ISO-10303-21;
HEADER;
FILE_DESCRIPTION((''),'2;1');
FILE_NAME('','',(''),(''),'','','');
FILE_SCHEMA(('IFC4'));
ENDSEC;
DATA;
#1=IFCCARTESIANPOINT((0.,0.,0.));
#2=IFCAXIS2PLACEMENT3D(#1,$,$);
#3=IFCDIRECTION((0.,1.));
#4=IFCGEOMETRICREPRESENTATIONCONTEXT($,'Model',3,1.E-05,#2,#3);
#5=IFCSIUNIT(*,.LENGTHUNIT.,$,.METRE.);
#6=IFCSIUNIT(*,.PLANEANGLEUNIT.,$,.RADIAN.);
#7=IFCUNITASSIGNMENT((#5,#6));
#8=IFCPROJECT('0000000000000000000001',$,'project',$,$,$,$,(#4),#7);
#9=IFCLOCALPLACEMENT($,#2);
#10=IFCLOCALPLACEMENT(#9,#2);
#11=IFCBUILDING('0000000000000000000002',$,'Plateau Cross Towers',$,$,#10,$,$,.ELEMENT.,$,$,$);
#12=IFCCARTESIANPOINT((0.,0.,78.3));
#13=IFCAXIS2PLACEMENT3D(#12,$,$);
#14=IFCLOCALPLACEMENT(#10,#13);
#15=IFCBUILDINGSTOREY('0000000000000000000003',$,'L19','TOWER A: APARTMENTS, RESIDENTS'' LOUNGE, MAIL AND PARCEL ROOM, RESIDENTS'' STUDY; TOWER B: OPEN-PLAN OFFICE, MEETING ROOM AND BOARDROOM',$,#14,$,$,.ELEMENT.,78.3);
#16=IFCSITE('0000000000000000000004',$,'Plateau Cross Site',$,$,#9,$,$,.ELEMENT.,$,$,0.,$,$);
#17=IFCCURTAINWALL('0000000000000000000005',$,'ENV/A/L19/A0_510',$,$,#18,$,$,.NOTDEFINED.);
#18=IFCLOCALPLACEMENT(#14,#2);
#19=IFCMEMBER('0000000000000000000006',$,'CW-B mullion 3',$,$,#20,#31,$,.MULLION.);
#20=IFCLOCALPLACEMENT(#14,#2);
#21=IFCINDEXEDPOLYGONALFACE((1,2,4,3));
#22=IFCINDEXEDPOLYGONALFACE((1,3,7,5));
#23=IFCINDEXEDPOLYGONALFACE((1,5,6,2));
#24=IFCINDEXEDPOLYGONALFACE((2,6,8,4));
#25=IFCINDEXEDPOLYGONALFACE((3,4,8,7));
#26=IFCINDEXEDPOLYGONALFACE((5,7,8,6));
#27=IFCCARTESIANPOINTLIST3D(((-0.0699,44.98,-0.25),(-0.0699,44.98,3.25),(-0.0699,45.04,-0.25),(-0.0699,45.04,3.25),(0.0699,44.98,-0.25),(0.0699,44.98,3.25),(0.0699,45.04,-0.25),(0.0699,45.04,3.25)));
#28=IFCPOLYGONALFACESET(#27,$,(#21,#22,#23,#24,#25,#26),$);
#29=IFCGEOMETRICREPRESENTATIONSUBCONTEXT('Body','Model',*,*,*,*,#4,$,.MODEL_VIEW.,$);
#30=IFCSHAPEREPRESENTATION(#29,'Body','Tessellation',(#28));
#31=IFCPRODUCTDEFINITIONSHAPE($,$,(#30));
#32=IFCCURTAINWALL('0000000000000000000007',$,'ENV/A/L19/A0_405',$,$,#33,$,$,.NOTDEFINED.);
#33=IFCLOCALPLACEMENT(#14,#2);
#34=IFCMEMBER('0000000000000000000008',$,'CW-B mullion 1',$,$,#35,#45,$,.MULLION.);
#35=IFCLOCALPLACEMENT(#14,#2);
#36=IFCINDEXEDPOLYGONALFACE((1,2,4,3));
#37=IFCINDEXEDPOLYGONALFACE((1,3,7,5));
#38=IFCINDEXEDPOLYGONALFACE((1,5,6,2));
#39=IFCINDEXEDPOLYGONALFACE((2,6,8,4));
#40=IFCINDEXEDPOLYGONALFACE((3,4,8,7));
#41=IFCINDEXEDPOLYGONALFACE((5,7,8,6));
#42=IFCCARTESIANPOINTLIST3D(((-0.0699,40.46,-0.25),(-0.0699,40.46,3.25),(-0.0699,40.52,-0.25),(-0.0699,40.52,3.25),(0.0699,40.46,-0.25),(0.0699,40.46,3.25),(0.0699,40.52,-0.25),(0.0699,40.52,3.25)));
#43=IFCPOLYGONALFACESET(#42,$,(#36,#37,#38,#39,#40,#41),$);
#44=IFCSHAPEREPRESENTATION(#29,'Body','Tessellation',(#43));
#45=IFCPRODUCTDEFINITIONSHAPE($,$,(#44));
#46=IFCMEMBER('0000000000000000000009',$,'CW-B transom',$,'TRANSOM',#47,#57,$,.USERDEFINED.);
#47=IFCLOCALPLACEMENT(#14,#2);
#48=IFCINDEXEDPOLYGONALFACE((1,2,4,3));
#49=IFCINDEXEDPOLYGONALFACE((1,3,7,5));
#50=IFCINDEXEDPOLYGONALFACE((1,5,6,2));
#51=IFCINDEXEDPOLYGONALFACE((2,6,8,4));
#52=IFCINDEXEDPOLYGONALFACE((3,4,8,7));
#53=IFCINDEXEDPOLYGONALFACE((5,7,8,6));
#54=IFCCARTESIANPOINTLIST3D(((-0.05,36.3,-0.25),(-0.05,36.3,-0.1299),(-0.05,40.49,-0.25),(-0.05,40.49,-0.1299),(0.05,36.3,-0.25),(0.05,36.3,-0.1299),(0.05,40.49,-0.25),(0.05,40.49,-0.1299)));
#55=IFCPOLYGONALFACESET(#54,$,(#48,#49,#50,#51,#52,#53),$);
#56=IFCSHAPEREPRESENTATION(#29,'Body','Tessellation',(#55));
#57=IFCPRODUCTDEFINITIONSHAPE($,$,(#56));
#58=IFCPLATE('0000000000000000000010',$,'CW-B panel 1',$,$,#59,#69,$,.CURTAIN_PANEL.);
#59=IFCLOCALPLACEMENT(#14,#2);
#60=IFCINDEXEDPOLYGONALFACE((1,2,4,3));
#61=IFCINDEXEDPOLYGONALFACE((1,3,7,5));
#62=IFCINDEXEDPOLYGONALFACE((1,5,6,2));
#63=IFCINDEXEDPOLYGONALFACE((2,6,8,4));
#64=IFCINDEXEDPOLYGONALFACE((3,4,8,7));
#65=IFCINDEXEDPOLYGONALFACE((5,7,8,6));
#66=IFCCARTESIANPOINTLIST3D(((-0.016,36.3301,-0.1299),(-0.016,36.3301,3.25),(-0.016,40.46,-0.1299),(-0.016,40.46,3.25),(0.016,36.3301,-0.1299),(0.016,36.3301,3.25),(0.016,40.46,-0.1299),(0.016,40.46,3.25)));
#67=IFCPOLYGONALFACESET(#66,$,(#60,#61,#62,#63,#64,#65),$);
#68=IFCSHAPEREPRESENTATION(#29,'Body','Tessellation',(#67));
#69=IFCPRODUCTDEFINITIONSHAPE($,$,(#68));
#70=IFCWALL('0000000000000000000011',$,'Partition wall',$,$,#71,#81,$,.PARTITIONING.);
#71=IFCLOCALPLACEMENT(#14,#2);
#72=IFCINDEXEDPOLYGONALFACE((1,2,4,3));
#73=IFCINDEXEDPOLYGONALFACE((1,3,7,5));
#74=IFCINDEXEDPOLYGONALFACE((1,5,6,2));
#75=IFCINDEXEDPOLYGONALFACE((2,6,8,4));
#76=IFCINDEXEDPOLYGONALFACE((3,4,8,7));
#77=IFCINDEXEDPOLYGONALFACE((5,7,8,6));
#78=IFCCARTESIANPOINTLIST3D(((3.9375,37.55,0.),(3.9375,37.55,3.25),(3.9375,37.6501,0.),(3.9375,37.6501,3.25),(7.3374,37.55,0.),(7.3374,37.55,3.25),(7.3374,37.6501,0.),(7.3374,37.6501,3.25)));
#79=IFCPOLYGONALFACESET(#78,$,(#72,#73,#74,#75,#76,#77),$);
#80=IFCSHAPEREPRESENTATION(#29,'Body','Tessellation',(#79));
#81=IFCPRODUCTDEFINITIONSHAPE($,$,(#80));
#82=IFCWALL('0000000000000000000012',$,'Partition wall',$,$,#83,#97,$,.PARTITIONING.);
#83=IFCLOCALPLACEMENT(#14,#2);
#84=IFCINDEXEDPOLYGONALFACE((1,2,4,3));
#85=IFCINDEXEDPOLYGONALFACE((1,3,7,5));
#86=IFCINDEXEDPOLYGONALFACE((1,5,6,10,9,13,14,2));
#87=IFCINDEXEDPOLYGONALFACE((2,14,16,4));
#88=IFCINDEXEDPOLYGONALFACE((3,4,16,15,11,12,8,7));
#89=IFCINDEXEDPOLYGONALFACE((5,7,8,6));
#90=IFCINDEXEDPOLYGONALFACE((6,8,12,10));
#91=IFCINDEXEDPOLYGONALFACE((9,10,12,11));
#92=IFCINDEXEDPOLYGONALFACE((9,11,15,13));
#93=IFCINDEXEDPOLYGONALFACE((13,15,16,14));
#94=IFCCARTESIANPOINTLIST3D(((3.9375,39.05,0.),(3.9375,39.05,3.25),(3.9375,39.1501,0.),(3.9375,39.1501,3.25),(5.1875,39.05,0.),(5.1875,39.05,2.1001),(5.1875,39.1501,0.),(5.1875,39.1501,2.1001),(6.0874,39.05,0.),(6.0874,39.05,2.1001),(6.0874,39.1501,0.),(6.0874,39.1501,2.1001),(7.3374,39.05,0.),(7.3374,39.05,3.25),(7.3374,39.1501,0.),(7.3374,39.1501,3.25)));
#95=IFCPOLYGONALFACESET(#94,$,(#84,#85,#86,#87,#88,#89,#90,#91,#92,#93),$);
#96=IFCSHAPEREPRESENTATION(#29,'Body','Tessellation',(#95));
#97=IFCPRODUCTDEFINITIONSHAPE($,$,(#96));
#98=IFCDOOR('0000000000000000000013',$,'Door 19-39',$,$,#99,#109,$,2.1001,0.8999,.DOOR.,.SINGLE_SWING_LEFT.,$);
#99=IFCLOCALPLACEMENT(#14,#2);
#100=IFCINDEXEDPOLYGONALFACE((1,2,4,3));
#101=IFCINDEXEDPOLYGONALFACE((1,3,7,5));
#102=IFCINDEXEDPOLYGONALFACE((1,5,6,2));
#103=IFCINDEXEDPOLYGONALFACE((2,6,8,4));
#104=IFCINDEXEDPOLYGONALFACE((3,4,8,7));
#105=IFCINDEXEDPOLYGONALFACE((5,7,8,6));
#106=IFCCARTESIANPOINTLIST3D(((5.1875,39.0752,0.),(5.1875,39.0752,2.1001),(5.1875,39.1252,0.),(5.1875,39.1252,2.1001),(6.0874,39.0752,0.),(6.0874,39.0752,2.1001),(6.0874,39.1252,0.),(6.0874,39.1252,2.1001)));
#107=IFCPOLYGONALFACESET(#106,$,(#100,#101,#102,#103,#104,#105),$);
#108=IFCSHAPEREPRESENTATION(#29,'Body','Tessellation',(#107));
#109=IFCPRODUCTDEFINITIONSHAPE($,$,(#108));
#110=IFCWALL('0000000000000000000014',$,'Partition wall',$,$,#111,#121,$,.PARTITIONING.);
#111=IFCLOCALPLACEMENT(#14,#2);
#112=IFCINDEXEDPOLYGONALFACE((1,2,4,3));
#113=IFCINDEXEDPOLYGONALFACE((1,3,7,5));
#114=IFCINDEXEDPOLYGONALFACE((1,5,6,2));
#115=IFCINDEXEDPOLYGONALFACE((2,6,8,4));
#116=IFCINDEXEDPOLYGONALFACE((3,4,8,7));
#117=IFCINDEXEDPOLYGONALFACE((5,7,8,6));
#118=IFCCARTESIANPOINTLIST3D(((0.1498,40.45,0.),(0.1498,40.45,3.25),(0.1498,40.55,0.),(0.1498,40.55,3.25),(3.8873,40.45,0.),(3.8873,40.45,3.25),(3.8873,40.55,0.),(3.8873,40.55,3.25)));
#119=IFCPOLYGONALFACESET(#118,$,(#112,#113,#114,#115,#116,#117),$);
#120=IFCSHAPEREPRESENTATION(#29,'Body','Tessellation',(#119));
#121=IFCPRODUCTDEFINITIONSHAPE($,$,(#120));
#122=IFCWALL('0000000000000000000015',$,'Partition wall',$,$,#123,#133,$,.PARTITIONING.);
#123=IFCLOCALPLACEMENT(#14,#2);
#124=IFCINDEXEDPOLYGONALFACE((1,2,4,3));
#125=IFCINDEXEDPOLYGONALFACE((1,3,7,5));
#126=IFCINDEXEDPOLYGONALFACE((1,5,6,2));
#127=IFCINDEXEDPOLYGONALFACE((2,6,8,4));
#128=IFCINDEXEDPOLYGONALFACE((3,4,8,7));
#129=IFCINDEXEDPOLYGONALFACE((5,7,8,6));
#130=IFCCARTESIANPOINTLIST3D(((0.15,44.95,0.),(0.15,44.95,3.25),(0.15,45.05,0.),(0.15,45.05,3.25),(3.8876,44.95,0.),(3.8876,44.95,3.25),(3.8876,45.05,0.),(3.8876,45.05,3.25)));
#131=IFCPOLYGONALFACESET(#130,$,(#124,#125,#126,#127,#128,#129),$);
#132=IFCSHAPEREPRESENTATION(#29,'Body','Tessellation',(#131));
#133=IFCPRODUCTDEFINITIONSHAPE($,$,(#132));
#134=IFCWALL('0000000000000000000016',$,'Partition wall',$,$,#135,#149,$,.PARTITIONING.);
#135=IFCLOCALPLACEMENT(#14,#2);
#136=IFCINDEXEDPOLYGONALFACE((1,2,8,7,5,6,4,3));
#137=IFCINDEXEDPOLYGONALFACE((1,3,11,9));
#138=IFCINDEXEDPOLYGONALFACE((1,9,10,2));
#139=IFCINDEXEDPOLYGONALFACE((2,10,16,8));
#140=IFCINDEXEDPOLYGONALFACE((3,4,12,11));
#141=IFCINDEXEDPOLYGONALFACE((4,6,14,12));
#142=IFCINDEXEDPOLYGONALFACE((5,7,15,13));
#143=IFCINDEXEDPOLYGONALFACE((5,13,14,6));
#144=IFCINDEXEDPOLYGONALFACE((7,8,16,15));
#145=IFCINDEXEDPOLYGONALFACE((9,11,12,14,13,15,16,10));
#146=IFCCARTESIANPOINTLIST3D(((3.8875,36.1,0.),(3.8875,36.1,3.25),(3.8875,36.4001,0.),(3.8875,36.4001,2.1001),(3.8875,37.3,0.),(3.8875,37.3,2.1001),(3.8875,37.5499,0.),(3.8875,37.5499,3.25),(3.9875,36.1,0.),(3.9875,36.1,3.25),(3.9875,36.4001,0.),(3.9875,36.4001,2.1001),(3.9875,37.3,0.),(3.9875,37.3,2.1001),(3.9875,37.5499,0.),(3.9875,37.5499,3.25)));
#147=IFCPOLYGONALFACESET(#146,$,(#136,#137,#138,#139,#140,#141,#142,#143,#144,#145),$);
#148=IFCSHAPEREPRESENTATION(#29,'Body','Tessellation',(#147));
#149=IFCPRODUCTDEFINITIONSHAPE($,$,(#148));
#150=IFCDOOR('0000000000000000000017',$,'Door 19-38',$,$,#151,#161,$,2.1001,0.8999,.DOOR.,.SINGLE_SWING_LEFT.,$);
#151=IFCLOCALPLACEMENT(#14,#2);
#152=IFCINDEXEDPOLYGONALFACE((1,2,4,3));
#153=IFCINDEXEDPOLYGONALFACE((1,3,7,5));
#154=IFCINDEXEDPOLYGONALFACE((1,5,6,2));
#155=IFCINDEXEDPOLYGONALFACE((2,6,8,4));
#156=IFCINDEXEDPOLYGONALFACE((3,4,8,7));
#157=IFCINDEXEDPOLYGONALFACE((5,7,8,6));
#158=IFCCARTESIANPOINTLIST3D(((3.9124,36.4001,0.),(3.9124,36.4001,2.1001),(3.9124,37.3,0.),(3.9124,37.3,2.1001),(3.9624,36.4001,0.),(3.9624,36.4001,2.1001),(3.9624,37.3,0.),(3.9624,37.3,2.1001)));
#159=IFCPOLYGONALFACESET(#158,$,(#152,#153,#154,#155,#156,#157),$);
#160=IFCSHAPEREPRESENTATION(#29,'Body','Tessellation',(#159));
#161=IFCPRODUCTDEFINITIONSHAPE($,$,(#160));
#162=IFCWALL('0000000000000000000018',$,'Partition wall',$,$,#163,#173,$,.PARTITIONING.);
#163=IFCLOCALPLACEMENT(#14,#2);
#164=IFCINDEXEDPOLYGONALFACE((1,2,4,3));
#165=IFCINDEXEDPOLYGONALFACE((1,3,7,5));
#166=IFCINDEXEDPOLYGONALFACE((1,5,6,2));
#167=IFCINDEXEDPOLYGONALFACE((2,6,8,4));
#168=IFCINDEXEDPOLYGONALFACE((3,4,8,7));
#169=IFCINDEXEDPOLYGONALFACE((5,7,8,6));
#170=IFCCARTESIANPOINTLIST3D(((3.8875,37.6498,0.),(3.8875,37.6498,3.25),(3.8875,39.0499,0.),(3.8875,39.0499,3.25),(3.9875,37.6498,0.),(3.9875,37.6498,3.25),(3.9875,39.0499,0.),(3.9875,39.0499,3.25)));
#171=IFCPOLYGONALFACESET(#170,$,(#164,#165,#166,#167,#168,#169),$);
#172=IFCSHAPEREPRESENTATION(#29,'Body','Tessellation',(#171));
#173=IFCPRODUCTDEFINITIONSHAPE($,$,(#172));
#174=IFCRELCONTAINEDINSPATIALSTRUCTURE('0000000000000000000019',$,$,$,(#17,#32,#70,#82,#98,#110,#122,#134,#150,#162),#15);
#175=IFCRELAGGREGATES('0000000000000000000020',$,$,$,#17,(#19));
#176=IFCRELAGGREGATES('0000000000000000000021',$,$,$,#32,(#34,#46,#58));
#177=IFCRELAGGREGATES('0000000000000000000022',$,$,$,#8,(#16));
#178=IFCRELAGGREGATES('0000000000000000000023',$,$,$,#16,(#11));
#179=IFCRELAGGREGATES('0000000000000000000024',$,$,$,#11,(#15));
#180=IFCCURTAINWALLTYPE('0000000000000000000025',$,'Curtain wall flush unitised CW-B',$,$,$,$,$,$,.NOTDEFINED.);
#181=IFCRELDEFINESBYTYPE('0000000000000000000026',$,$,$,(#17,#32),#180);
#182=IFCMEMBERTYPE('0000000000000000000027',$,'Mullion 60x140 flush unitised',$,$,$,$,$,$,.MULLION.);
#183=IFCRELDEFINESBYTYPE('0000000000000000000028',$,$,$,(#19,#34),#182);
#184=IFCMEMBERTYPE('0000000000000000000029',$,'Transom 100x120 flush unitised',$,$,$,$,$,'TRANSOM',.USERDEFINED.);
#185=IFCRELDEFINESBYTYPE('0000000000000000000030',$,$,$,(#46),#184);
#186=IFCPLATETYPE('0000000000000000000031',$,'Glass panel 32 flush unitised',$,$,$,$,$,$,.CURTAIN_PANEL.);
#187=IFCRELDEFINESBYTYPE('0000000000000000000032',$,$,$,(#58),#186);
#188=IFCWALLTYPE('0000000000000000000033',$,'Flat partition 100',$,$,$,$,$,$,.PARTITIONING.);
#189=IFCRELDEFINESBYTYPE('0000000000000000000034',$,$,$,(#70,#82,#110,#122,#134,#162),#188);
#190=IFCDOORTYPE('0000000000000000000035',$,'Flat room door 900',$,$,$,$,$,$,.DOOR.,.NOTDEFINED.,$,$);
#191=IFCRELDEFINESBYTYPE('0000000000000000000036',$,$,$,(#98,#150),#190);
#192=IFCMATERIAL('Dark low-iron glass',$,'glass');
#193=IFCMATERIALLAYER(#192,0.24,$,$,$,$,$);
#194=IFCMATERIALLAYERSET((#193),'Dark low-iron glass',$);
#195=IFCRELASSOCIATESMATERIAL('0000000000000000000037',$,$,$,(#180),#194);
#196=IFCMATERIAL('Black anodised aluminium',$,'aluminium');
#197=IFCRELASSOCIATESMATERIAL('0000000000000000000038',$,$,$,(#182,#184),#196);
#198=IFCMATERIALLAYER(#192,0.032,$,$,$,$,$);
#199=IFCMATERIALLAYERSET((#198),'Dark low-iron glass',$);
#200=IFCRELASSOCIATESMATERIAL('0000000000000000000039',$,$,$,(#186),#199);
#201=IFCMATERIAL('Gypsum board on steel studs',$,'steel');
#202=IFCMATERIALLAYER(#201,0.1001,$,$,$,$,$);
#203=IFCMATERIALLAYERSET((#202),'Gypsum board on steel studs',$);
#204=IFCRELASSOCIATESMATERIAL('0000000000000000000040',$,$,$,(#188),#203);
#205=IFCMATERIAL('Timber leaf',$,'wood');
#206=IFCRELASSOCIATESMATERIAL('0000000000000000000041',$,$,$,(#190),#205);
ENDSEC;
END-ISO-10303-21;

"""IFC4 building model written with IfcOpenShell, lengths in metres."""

from ifc_helpers import new_model, si_unit, direction, frame, frame_2d, origin, origin_2d, place, context, subcontext, project, spatial, rectangle, extrude, material, layer, layer_set, material_profile, profile_set, type_object, element, fill, aggregate, save


model = new_model("IFC4")

# Units and contexts
model_context = context("Model", 3, precision=1e-05, world=origin(), true_north=direction((0.0, 1.0)))
body_context = subcontext(model_context, "Body", "Model", "MODEL_VIEW")
ifc_project = project(units=[si_unit("LENGTHUNIT", "METRE"), si_unit("PLANEANGLEUNIT", "RADIAN")], contexts=[model_context])

# Site, building, storey
site_placement = place(None, origin())
site = spatial("IfcSite", under=ifc_project, at=site_placement, Name="Plateau Cross Site", CompositionType="ELEMENT", RefElevation=0.0)
building_placement = place(site_placement, origin())
building = spatial("IfcBuilding", under=site, at=building_placement, Name="Plateau Cross Towers", CompositionType="ELEMENT")
storey_placement = place(building_placement, frame((0.0, 0.0, 78.3)))
storey = spatial("IfcBuildingStorey", under=building, at=storey_placement, Name="L19", Description="TOWER A: APARTMENTS, RESIDENTS' LOUNGE, MAIL AND PARCEL ROOM, RESIDENTS' STUDY; TOWER B: OPEN-PLAN OFFICE, MEETING ROOM AND BOARDROOM", CompositionType="ELEMENT", Elevation=78.3)

# Curtain wall, member
ifc_material_1 = material(Name="Dark low-iron glass", Category="glass")
ifc_layer_1 = layer(ifc_material_1, 0.24)
ifc_layer_set_1 = layer_set([ifc_layer_1], Name="Dark low-iron glass")
curtain_wall_type = type_object("IfcCurtainWallType", Name="Curtain wall flush unitised CW-B", PredefinedType="NOTDEFINED", material=ifc_layer_set_1)
curtain_wall_1_placement = place(storey_placement, origin())
curtain_wall_1 = element("IfcCurtainWall", 1, at=curtain_wall_1_placement, inside=storey, type_object=curtain_wall_type, Name="ENV/A/L19/A0_510", PredefinedType="NOTDEFINED")
ifc_material_2 = material(Name="Black anodised aluminium", Category="aluminium")
ifc_material_profile_1 = material_profile(ifc_material_2, rectangle(XDim=0.0601, YDim=0.1399, at=origin_2d()), Name="MULLION 60x140")
ifc_profile_set_1 = profile_set([ifc_material_profile_1], Name="Black anodised aluminium")
member_type_1 = type_object("IfcMemberType", Name="Mullion 60x140 flush unitised", PredefinedType="MULLION", material=ifc_profile_set_1)
member_1_placement = place(storey_placement, frame((0.0, 45.01, -0.25), z_axis=(0.0, 0.0, 1.0), x_axis=(0.0, -1.0, 0.0)))
member_1 = element("IfcMember", 2, at=member_1_placement, type_object=member_type_1, Name="CW-B mullion 3", PredefinedType="MULLION", context=body_context, shape_type="SweptSolid", body=[
    extrude(rectangle(XDim=0.0601, YDim=0.1399, at=origin_2d()), origin(), (0.0, 0.0, 1.0), 3.5),
])
aggregate(curtain_wall_1, [member_1])

# Curtain wall, members, plate
curtain_wall_2_placement = place(storey_placement, origin())
curtain_wall_2 = element("IfcCurtainWall", 3, at=curtain_wall_2_placement, inside=storey, type_object=curtain_wall_type, Name="ENV/A/L19/A0_405", PredefinedType="NOTDEFINED")
member_2_placement = place(storey_placement, frame((0.0, 40.49, -0.25), z_axis=(0.0, 0.0, 1.0), x_axis=(0.0, -1.0, 0.0)))
member_2 = element("IfcMember", 4, at=member_2_placement, type_object=member_type_1, Name="CW-B mullion 1", PredefinedType="MULLION", context=body_context, shape_type="SweptSolid", body=[
    extrude(rectangle(XDim=0.0601, YDim=0.1399, at=origin_2d()), origin(), (0.0, 0.0, 1.0), 3.5),
])
ifc_material_profile_2 = material_profile(ifc_material_2, rectangle(XDim=0.1001, YDim=0.1201, at=origin_2d()), Name="TRANSOM 100x120")
ifc_profile_set_2 = profile_set([ifc_material_profile_2], Name="Black anodised aluminium")
member_type_2 = type_object("IfcMemberType", Name="Transom 100x120 flush unitised", ElementType="TRANSOM", PredefinedType="USERDEFINED", material=ifc_profile_set_2)
member_3_placement = place(storey_placement, frame((0.0, 40.49, -0.1899), z_axis=(0.0, -1.0, 0.0), x_axis=(1.0, 0.0, 0.0)))
member_3 = element("IfcMember", 5, at=member_3_placement, type_object=member_type_2, Name="CW-B transom", ObjectType="TRANSOM", PredefinedType="USERDEFINED", context=body_context, shape_type="SweptSolid", body=[
    extrude(rectangle(XDim=0.1001, YDim=0.1201, at=origin_2d()), origin(), (0.0, 0.0, 1.0), 4.1899),
])
ifc_layer_2 = layer(ifc_material_1, 0.032)
ifc_layer_set_2 = layer_set([ifc_layer_2], Name="Dark low-iron glass")
plate_type = type_object("IfcPlateType", Name="Glass panel 32 flush unitised", PredefinedType="CURTAIN_PANEL", material=ifc_layer_set_2)
plate_placement = place(storey_placement, frame((0.0, 38.395, -0.1299), z_axis=(0.0, 0.0, 1.0), x_axis=(0.0, -1.0, 0.0)))
plate = element("IfcPlate", 6, at=plate_placement, type_object=plate_type, Name="CW-B panel 1", PredefinedType="CURTAIN_PANEL", context=body_context, shape_type="SweptSolid", body=[
    extrude(rectangle(XDim=4.1299, YDim=0.032, at=origin_2d()), origin(), (0.0, 0.0, 1.0), 3.3799),
])
aggregate(curtain_wall_2, [member_2, member_3, plate])

# Wall
ifc_material_3 = material(Name="Gypsum board on steel studs", Category="steel")
ifc_layer_3 = layer(ifc_material_3, 0.1001)
ifc_layer_set_3 = layer_set([ifc_layer_3], Name="Gypsum board on steel studs")
wall_type_1 = type_object("IfcWallType", Name="Flat partition 100", PredefinedType="PARTITIONING", material=ifc_layer_set_3)
wall_1_placement = place(storey_placement, frame((7.3374, 37.6001, 0.0), z_axis=(0.0, 0.0, 1.0), x_axis=(-1.0, 0.0, 0.0)))
element("IfcWall", 7, at=wall_1_placement, inside=storey, type_object=wall_type_1, Name="Partition wall", PredefinedType="PARTITIONING", context=body_context, shape_type="SweptSolid", body=[
    extrude(rectangle(XDim=3.3999, YDim=0.1001, at=frame_2d((1.7, 0.0))), origin(), (0.0, 0.0, 1.0), 3.25),
])

# Wall, opening, door
wall_2_placement = place(storey_placement, frame((7.3374, 39.1001, 0.0), z_axis=(0.0, 0.0, 1.0), x_axis=(-1.0, 0.0, 0.0)))
wall_2 = element("IfcWall", 8, at=wall_2_placement, inside=storey, type_object=wall_type_1, Name="Partition wall", PredefinedType="PARTITIONING", context=body_context, shape_type="SweptSolid", body=[
    extrude(rectangle(XDim=3.3999, YDim=0.1001, at=frame_2d((1.7, 0.0))), origin(), (0.0, 0.0, 1.0), 3.25),
])
opening_1_placement = place(wall_2_placement, frame((1.25, 0.0, 0.0)))
opening_1 = element("IfcOpeningElement", 9, at=opening_1_placement, cuts=wall_2, PredefinedType="OPENING", context=body_context, shape_type="SweptSolid", body=[
    extrude(rectangle(XDim=0.8999, YDim=2.1001, at=frame_2d((0.45, 1.05))), frame((0.0, 0.0601, 0.0), z_axis=(0.0, -1.0, 0.0), x_axis=(1.0, 0.0, 0.0)), (0.0, 0.0, 1.0), 0.1201),
])
ifc_material_4 = material(Name="Timber leaf", Category="wood")
door_type_1 = type_object("IfcDoorType", Name="Flat room door 900", OperationType="NOTDEFINED", PredefinedType="DOOR", material=ifc_material_4)
door_1_placement = place(opening_1_placement, origin())
door_1 = element("IfcDoor", 10, at=door_1_placement, inside=storey, type_object=door_type_1, Name="Door 19-39", OperationType="SINGLE_SWING_LEFT", OverallHeight=2.1001, OverallWidth=0.8999, PredefinedType="DOOR", context=body_context, shape_type="SweptSolid", body=[
    extrude(rectangle(XDim=0.8999, YDim=2.1001, at=frame_2d((0.45, 1.05))), frame((0.0, 0.0249, 0.0), z_axis=(0.0, -1.0, 0.0), x_axis=(1.0, 0.0, 0.0)), (0.0, 0.0, 1.0), 0.05),
])
fill(opening_1, door_1)

# Walls
for number, where, z_axis, x_axis, name in (
    (11, (0.1499, 40.5, 0.0), (0.0, 0.0, 1.0), (1.0, 0.0, 0.0), "Partition wall"),
    (12, (3.8875, 45.0, 0.0), (0.0, 0.0, 1.0), (-1.0, 0.0, 0.0), "Partition wall"),
):
    element("IfcWall", number, at=place(storey_placement, frame(where, z_axis=z_axis, x_axis=x_axis)), inside=storey, type_object=wall_type_1, Name=name, PredefinedType="PARTITIONING", context=body_context, shape_type="SweptSolid", body=[
        extrude(rectangle(XDim=3.7375, YDim=0.1001, at=frame_2d((1.8687, 0.0))), origin(), (0.0, 0.0, 1.0), 3.25),
    ])

# Wall, opening, door
wall_3_placement = place(storey_placement, frame((3.9375, 37.55, 0.0), z_axis=(0.0, 0.0, 1.0), x_axis=(0.0, -1.0, 0.0)))
wall_3 = element("IfcWall", 13, at=wall_3_placement, inside=storey, type_object=wall_type_1, Name="Partition wall", PredefinedType="PARTITIONING", context=body_context, shape_type="SweptSolid", body=[
    extrude(rectangle(XDim=1.45, YDim=0.1001, at=frame_2d((0.7251, 0.0))), origin(), (0.0, 0.0, 1.0), 3.25),
])
opening_2_placement = place(wall_3_placement, frame((0.25, 0.0, 0.0)))
opening_2 = element("IfcOpeningElement", 14, at=opening_2_placement, cuts=wall_3, PredefinedType="OPENING", context=body_context, shape_type="SweptSolid", body=[
    extrude(rectangle(XDim=0.8999, YDim=2.1001, at=frame_2d((0.45, 1.05))), frame((0.0, 0.0601, 0.0), z_axis=(0.0, -1.0, 0.0), x_axis=(1.0, 0.0, 0.0)), (0.0, 0.0, 1.0), 0.1201),
])
door_2_placement = place(opening_2_placement, origin())
door_2 = element("IfcDoor", 15, at=door_2_placement, inside=storey, type_object=door_type_1, Name="Door 19-38", OperationType="SINGLE_SWING_LEFT", OverallHeight=2.1001, OverallWidth=0.8999, PredefinedType="DOOR", context=body_context, shape_type="SweptSolid", body=[
    extrude(rectangle(XDim=0.8999, YDim=2.1001, at=frame_2d((0.45, 1.05))), frame((0.0, 0.0249, 0.0), z_axis=(0.0, -1.0, 0.0), x_axis=(1.0, 0.0, 0.0)), (0.0, 0.0, 1.0), 0.05),
])
fill(opening_2, door_2)

# Wall
wall_4_placement = place(storey_placement, frame((3.9375, 39.05, 0.0), z_axis=(0.0, 0.0, 1.0), x_axis=(0.0, -1.0, 0.0)))
element("IfcWall", 16, at=wall_4_placement, inside=storey, type_object=wall_type_1, Name="Partition wall", PredefinedType="PARTITIONING", context=body_context, shape_type="SweptSolid", body=[
    extrude(rectangle(XDim=1.4001, YDim=0.1001, at=frame_2d((0.7002, 0.0))), origin(), (0.0, 0.0, 1.0), 3.25),
])

save(model, "model.ifc")
